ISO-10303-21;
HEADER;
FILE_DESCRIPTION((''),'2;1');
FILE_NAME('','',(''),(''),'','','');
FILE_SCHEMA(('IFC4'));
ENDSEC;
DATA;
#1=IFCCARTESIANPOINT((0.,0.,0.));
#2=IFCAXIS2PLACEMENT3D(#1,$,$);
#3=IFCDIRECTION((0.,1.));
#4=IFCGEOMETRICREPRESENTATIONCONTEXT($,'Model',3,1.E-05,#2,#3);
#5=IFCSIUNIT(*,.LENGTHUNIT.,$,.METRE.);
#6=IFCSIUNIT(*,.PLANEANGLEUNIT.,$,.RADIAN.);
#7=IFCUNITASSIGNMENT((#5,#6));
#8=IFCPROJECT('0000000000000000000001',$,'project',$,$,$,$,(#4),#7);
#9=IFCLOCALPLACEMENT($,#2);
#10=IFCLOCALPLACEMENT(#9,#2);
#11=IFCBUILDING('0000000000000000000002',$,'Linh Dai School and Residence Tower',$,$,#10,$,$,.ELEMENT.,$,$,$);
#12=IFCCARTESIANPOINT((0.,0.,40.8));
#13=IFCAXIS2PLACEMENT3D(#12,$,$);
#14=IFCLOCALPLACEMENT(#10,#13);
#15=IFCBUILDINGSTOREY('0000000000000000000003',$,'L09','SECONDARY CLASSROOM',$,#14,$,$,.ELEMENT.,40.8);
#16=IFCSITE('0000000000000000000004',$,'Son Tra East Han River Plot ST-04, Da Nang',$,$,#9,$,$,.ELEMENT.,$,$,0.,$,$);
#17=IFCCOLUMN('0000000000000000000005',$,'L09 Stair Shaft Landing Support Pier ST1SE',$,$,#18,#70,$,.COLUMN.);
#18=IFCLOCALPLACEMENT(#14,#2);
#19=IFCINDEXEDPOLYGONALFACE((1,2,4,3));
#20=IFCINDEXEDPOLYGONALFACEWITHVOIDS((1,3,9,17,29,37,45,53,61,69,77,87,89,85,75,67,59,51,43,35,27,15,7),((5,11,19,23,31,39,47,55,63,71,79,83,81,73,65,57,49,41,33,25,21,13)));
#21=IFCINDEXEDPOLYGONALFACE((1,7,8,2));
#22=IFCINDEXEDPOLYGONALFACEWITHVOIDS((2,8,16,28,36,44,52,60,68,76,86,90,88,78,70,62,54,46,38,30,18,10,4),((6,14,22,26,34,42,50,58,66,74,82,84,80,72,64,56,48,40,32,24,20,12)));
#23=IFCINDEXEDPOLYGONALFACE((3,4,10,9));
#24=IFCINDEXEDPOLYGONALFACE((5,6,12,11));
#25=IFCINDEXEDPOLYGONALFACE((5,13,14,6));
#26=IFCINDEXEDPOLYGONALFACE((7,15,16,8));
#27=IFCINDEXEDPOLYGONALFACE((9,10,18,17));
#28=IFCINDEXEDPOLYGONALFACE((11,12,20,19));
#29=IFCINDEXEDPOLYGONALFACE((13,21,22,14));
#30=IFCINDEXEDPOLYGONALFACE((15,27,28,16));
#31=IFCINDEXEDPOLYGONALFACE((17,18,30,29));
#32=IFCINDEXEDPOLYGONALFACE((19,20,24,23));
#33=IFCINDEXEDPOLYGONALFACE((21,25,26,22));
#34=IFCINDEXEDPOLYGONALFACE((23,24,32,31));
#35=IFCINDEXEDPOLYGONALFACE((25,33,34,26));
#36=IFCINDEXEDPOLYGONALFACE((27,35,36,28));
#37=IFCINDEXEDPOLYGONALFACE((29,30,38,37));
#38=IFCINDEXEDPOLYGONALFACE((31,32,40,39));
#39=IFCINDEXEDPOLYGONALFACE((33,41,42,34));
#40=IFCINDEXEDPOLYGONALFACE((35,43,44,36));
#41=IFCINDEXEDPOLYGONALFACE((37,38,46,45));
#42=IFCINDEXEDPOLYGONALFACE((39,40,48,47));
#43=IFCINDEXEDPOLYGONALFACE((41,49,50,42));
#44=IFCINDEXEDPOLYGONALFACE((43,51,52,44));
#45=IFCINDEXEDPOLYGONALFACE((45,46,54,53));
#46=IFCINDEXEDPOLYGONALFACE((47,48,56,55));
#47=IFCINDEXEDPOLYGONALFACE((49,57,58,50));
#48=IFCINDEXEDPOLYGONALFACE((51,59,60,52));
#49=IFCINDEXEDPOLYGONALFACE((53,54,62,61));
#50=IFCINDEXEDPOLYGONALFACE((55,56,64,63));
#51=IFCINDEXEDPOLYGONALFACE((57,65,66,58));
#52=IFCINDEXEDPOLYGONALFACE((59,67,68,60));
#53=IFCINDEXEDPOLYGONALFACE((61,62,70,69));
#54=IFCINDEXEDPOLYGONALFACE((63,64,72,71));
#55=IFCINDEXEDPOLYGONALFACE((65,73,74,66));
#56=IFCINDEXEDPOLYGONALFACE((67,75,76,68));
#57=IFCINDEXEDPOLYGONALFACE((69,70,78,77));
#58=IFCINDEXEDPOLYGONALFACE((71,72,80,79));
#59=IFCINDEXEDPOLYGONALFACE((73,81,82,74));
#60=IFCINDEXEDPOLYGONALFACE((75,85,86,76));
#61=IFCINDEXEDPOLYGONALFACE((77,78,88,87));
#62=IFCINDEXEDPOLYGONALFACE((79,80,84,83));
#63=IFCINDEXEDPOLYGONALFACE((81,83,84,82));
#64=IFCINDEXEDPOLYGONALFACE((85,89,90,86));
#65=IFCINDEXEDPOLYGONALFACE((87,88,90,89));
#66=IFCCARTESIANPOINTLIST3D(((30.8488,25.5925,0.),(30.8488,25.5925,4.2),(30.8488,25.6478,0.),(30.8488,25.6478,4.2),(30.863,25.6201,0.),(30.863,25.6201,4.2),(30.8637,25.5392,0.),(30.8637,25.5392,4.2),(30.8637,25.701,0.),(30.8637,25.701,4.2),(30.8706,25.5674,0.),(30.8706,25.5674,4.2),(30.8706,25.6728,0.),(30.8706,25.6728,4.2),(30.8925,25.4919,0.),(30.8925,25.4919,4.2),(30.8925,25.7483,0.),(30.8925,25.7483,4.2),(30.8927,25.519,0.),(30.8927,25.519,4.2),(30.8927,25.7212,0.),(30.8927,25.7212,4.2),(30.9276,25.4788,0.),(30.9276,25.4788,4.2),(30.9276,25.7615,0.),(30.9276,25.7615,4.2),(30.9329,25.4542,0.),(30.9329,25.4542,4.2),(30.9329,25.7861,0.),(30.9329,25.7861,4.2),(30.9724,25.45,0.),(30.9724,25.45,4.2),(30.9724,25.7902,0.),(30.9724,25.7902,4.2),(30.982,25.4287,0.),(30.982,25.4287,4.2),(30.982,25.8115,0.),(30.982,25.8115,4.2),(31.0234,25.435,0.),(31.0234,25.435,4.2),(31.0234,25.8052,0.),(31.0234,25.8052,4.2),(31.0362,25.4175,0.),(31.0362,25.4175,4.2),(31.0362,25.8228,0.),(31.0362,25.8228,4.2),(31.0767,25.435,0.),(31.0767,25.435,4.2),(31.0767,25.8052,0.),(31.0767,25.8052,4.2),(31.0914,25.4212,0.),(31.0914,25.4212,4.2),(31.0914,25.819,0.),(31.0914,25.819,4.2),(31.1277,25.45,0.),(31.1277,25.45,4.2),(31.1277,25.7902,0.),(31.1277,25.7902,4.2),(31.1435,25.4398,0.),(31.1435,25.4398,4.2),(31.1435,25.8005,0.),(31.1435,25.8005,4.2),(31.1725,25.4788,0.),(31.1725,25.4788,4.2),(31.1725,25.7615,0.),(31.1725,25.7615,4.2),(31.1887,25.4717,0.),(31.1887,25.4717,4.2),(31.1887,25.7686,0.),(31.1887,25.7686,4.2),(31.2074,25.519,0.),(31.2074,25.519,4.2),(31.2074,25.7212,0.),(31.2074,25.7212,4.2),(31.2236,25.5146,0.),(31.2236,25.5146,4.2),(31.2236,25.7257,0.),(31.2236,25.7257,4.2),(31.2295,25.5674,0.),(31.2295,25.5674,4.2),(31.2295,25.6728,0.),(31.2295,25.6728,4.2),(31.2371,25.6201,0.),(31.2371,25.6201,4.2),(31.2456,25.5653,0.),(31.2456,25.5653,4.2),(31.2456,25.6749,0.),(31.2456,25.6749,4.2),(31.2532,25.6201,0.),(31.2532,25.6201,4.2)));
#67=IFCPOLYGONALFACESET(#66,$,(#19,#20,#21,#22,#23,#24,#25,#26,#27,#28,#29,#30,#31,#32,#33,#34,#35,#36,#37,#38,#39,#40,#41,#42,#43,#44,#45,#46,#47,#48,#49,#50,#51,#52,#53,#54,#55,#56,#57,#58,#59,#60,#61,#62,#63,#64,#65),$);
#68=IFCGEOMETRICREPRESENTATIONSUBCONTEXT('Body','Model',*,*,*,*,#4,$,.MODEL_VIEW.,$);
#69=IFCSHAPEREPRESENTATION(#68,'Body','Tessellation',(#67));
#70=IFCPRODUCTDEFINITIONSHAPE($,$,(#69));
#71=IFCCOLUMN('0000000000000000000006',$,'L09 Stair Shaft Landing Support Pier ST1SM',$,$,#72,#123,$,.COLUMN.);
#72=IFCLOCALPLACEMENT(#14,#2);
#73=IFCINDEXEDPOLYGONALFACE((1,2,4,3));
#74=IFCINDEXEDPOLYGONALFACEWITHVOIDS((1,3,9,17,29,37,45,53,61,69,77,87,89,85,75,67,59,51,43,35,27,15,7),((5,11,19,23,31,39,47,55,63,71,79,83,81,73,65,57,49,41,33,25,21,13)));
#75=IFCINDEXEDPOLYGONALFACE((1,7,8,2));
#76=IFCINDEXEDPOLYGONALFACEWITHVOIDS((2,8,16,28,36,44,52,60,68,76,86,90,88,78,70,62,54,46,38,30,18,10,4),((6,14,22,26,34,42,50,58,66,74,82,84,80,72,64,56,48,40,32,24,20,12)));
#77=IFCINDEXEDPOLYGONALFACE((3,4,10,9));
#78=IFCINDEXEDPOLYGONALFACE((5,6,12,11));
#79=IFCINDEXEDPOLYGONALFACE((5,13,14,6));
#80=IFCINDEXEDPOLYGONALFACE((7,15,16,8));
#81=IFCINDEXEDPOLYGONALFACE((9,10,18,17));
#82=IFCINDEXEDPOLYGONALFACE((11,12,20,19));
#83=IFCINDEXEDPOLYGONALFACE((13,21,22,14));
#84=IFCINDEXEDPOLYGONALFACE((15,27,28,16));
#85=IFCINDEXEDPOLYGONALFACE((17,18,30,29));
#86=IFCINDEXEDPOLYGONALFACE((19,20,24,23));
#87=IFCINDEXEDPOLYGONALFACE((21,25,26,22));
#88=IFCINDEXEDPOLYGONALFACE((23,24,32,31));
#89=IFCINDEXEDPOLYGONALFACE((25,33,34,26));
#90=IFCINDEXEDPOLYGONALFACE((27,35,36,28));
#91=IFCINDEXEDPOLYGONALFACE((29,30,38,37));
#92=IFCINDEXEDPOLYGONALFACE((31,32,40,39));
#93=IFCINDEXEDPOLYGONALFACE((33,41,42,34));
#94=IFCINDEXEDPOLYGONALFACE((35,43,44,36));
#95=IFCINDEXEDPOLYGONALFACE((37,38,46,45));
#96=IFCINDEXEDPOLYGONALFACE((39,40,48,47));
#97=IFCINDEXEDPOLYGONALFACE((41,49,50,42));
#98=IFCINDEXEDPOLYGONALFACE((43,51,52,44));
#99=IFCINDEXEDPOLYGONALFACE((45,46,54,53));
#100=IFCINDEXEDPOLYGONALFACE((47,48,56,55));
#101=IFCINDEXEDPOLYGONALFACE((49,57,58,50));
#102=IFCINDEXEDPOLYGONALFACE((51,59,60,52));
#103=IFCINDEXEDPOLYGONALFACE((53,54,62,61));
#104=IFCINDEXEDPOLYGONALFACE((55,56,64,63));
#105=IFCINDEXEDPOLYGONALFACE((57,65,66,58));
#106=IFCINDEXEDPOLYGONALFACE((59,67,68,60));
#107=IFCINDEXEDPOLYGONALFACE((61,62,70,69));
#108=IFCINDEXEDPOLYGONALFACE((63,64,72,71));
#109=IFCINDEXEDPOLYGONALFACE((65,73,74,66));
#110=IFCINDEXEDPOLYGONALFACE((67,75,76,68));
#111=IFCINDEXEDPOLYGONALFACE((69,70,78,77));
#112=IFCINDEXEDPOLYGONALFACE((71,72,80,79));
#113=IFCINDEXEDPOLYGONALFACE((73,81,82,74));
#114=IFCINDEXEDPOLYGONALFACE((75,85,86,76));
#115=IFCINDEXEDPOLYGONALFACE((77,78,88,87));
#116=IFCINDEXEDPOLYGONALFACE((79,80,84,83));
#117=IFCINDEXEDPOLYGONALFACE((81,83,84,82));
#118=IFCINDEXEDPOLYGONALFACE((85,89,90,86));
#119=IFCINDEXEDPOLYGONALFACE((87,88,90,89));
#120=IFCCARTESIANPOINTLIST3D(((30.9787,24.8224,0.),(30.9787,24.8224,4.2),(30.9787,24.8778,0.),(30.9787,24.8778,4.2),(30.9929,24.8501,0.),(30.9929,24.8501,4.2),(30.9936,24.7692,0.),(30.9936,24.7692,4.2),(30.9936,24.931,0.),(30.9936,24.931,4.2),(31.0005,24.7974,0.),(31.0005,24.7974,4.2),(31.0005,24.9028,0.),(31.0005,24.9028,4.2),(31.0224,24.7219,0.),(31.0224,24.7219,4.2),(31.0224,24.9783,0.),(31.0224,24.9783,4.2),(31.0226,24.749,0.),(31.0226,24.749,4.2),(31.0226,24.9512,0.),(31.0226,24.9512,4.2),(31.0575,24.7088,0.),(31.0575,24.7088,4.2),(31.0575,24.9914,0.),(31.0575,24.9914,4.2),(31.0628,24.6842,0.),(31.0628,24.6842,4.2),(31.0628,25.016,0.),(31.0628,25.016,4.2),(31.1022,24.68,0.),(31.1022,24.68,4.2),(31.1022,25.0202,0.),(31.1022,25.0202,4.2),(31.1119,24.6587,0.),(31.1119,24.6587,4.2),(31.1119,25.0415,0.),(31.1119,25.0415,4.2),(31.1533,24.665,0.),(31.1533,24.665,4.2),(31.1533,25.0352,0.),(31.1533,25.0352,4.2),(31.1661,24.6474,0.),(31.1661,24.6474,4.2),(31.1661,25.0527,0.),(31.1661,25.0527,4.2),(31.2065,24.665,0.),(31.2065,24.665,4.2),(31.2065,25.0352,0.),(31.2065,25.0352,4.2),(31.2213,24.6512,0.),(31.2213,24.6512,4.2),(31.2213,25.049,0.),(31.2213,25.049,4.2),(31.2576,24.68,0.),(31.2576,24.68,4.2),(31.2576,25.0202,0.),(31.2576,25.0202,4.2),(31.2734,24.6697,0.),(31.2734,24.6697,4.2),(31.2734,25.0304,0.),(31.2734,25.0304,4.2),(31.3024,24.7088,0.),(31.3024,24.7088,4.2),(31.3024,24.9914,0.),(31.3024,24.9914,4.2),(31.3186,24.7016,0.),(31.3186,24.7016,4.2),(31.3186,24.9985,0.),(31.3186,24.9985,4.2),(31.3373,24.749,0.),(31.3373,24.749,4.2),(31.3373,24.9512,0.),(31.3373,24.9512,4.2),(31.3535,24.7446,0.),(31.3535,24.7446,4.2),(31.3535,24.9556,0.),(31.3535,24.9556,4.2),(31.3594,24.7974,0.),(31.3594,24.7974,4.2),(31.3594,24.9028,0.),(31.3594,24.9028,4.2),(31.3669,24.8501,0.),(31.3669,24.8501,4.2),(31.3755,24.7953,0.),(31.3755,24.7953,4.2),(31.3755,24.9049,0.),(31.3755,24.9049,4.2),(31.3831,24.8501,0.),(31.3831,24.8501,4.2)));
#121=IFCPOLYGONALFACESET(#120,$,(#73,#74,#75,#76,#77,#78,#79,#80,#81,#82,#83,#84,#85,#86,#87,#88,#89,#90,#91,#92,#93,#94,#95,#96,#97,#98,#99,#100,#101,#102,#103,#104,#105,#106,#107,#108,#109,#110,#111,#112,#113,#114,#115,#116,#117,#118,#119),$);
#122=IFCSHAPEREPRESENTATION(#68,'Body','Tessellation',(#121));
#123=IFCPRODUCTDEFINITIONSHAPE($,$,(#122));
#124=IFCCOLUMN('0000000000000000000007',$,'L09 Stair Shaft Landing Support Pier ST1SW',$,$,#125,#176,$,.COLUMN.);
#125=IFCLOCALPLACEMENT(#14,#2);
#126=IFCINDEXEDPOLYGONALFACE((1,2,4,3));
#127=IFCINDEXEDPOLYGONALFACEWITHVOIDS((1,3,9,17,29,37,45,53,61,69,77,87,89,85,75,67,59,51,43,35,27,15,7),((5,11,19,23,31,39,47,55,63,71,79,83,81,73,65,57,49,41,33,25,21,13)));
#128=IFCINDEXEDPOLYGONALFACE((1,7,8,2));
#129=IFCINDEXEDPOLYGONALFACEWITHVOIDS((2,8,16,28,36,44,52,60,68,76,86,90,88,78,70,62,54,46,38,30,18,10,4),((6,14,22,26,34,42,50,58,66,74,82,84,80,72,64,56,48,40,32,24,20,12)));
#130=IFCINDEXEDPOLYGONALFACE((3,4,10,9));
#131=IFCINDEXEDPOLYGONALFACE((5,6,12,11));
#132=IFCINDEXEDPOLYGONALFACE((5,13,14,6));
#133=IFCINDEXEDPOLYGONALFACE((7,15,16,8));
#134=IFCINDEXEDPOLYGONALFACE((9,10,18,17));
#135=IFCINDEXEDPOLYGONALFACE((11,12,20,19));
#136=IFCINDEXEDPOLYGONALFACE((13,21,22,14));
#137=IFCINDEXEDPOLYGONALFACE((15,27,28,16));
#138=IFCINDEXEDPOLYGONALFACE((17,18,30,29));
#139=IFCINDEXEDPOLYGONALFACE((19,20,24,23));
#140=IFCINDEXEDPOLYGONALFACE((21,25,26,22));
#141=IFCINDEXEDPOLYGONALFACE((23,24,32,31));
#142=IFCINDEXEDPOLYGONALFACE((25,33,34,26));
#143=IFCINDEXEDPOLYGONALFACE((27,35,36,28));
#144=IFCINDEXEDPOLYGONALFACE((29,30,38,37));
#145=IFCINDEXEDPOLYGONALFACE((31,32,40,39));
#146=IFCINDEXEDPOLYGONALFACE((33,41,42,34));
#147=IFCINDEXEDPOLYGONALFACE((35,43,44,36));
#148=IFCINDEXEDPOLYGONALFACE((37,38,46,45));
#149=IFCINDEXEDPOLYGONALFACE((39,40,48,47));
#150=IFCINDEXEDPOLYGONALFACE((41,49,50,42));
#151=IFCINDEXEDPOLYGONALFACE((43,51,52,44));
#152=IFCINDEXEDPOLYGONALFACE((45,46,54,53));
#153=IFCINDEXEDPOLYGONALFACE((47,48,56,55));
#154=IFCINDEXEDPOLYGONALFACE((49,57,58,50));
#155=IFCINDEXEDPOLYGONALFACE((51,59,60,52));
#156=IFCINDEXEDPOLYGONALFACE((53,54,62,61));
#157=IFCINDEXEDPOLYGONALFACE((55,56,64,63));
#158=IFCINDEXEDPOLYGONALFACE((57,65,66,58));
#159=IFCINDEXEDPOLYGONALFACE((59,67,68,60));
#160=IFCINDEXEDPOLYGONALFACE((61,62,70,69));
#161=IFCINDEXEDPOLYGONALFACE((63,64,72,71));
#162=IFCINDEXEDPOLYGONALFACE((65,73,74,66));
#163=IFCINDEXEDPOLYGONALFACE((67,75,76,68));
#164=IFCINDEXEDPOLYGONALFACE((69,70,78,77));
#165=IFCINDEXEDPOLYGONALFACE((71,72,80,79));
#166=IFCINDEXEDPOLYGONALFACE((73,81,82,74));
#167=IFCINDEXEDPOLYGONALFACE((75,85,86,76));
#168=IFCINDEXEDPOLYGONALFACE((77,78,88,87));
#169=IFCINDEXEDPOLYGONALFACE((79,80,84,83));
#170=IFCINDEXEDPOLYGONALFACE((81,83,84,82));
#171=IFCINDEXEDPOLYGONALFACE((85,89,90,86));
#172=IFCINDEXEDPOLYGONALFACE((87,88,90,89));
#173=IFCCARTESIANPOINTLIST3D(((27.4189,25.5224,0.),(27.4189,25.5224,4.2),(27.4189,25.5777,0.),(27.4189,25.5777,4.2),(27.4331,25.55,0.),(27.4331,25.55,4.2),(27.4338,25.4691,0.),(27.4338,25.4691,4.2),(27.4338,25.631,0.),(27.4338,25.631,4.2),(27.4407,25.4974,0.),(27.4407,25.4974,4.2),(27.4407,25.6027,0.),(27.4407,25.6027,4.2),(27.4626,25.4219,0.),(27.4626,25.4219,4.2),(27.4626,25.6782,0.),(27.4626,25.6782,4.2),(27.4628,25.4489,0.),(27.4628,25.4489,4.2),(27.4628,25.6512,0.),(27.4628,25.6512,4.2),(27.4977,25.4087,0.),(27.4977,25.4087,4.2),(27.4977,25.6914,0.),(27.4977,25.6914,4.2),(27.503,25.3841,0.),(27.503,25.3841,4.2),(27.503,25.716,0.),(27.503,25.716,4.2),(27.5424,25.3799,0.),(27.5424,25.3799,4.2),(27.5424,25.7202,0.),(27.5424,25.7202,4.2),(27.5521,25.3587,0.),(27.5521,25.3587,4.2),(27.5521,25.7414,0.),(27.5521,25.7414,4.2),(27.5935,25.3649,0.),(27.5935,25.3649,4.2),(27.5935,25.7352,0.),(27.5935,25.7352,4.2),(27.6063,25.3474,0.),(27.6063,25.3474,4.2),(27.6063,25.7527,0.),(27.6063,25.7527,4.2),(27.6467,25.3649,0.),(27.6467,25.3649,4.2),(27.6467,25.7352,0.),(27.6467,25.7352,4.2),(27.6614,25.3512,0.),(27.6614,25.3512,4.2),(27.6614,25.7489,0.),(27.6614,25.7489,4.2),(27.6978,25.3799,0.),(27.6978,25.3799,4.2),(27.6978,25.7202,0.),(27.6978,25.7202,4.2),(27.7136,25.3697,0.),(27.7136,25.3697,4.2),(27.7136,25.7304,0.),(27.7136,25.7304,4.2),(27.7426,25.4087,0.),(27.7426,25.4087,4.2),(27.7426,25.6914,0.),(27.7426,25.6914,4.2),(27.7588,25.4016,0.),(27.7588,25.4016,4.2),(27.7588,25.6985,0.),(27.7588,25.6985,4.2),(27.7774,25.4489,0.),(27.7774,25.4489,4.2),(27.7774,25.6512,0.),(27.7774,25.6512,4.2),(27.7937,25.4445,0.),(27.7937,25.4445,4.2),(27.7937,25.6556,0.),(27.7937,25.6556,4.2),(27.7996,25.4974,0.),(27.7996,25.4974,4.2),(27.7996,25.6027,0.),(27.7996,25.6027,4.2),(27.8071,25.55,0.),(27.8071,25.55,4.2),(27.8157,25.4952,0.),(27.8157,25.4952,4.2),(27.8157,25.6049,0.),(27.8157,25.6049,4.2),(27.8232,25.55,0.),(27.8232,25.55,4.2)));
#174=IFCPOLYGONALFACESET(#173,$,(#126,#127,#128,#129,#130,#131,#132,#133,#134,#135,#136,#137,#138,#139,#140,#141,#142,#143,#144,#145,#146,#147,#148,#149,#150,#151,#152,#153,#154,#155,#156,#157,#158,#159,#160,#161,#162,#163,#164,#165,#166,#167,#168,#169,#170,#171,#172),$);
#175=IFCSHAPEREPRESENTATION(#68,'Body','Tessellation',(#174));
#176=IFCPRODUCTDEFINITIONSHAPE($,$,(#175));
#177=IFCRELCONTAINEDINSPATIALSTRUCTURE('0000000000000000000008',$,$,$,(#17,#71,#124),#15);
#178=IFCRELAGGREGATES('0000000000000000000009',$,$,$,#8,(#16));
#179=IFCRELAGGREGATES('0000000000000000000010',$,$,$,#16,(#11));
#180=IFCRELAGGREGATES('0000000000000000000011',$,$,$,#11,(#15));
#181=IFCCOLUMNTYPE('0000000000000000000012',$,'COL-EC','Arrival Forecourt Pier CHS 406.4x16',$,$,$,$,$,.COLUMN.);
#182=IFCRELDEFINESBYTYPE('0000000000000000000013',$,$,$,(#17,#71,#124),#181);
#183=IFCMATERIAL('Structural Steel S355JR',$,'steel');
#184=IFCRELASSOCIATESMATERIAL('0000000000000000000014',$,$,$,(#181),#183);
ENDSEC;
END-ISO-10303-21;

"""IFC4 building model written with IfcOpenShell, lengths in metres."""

from ifc_helpers import new_model, si_unit, direction, frame, origin, origin_2d, place, context, subcontext, project, spatial, hollow_circle, extrude, material, material_profile, profile_set, type_object, element, save


model = new_model("IFC4")

# Units and contexts
model_context = context("Model", 3, precision=1e-05, world=origin(), true_north=direction((0.0, 1.0)))
body_context = subcontext(model_context, "Body", "Model", "MODEL_VIEW")
ifc_project = project(units=[si_unit("LENGTHUNIT", "METRE"), si_unit("PLANEANGLEUNIT", "RADIAN")], contexts=[model_context])

# Site, building, storey
site_placement = place(None, origin())
site = spatial("IfcSite", under=ifc_project, at=site_placement, Name="Son Tra East Han River Plot ST-04, Da Nang", CompositionType="ELEMENT", RefElevation=0.0)
building_placement = place(site_placement, origin())
building = spatial("IfcBuilding", under=site, at=building_placement, Name="Linh Dai School and Residence Tower", CompositionType="ELEMENT")
storey_placement = place(building_placement, frame((0.0, 0.0, 40.8)))
storey = spatial("IfcBuildingStorey", under=building, at=storey_placement, Name="L09", Description="SECONDARY CLASSROOM", CompositionType="ELEMENT", Elevation=40.8)

# Columns
ifc_material_1 = material(Name="Structural Steel S355JR", Category="steel")
ifc_material_profile_1 = material_profile(ifc_material_1, hollow_circle(Radius=0.2031, WallThickness=0.0161, at=origin_2d()), Name="CHS 406.4x16")
ifc_profile_set_1 = profile_set([ifc_material_profile_1], Name="Structural Steel S355JR")
column_type = type_object("IfcColumnType", Name="COL-EC", Description="Arrival Forecourt Pier CHS 406.4x16", PredefinedType="COLUMN", material=ifc_profile_set_1)
for number, where, z_axis, x_axis, name in (
    (1, (31.05, 25.6201, 0.0), (0.0, 0.0, 1.0), (1.0, 0.0, 0.0), "L09 Stair Shaft Landing Support Pier ST1SE"),
    (2, (31.1799, 24.8501, 0.0), (0.0, 0.0, 1.0), (1.0, 0.0, 0.0), "L09 Stair Shaft Landing Support Pier ST1SM"),
    (3, (27.6201, 25.55, 0.0), (0.0, 0.0, 1.0), (1.0, 0.0, 0.0), "L09 Stair Shaft Landing Support Pier ST1SW"),
):
    element("IfcColumn", number, at=place(storey_placement, frame(where, z_axis=z_axis, x_axis=x_axis)), inside=storey, type_object=column_type, Name=name, PredefinedType="COLUMN", context=body_context, shape_type="SweptSolid", body=[
        extrude(hollow_circle(Radius=0.2031, WallThickness=0.0161, at=origin_2d()), origin(), (0.0, 0.0, 1.0), 4.2),
    ])

save(model, "model.ifc")
